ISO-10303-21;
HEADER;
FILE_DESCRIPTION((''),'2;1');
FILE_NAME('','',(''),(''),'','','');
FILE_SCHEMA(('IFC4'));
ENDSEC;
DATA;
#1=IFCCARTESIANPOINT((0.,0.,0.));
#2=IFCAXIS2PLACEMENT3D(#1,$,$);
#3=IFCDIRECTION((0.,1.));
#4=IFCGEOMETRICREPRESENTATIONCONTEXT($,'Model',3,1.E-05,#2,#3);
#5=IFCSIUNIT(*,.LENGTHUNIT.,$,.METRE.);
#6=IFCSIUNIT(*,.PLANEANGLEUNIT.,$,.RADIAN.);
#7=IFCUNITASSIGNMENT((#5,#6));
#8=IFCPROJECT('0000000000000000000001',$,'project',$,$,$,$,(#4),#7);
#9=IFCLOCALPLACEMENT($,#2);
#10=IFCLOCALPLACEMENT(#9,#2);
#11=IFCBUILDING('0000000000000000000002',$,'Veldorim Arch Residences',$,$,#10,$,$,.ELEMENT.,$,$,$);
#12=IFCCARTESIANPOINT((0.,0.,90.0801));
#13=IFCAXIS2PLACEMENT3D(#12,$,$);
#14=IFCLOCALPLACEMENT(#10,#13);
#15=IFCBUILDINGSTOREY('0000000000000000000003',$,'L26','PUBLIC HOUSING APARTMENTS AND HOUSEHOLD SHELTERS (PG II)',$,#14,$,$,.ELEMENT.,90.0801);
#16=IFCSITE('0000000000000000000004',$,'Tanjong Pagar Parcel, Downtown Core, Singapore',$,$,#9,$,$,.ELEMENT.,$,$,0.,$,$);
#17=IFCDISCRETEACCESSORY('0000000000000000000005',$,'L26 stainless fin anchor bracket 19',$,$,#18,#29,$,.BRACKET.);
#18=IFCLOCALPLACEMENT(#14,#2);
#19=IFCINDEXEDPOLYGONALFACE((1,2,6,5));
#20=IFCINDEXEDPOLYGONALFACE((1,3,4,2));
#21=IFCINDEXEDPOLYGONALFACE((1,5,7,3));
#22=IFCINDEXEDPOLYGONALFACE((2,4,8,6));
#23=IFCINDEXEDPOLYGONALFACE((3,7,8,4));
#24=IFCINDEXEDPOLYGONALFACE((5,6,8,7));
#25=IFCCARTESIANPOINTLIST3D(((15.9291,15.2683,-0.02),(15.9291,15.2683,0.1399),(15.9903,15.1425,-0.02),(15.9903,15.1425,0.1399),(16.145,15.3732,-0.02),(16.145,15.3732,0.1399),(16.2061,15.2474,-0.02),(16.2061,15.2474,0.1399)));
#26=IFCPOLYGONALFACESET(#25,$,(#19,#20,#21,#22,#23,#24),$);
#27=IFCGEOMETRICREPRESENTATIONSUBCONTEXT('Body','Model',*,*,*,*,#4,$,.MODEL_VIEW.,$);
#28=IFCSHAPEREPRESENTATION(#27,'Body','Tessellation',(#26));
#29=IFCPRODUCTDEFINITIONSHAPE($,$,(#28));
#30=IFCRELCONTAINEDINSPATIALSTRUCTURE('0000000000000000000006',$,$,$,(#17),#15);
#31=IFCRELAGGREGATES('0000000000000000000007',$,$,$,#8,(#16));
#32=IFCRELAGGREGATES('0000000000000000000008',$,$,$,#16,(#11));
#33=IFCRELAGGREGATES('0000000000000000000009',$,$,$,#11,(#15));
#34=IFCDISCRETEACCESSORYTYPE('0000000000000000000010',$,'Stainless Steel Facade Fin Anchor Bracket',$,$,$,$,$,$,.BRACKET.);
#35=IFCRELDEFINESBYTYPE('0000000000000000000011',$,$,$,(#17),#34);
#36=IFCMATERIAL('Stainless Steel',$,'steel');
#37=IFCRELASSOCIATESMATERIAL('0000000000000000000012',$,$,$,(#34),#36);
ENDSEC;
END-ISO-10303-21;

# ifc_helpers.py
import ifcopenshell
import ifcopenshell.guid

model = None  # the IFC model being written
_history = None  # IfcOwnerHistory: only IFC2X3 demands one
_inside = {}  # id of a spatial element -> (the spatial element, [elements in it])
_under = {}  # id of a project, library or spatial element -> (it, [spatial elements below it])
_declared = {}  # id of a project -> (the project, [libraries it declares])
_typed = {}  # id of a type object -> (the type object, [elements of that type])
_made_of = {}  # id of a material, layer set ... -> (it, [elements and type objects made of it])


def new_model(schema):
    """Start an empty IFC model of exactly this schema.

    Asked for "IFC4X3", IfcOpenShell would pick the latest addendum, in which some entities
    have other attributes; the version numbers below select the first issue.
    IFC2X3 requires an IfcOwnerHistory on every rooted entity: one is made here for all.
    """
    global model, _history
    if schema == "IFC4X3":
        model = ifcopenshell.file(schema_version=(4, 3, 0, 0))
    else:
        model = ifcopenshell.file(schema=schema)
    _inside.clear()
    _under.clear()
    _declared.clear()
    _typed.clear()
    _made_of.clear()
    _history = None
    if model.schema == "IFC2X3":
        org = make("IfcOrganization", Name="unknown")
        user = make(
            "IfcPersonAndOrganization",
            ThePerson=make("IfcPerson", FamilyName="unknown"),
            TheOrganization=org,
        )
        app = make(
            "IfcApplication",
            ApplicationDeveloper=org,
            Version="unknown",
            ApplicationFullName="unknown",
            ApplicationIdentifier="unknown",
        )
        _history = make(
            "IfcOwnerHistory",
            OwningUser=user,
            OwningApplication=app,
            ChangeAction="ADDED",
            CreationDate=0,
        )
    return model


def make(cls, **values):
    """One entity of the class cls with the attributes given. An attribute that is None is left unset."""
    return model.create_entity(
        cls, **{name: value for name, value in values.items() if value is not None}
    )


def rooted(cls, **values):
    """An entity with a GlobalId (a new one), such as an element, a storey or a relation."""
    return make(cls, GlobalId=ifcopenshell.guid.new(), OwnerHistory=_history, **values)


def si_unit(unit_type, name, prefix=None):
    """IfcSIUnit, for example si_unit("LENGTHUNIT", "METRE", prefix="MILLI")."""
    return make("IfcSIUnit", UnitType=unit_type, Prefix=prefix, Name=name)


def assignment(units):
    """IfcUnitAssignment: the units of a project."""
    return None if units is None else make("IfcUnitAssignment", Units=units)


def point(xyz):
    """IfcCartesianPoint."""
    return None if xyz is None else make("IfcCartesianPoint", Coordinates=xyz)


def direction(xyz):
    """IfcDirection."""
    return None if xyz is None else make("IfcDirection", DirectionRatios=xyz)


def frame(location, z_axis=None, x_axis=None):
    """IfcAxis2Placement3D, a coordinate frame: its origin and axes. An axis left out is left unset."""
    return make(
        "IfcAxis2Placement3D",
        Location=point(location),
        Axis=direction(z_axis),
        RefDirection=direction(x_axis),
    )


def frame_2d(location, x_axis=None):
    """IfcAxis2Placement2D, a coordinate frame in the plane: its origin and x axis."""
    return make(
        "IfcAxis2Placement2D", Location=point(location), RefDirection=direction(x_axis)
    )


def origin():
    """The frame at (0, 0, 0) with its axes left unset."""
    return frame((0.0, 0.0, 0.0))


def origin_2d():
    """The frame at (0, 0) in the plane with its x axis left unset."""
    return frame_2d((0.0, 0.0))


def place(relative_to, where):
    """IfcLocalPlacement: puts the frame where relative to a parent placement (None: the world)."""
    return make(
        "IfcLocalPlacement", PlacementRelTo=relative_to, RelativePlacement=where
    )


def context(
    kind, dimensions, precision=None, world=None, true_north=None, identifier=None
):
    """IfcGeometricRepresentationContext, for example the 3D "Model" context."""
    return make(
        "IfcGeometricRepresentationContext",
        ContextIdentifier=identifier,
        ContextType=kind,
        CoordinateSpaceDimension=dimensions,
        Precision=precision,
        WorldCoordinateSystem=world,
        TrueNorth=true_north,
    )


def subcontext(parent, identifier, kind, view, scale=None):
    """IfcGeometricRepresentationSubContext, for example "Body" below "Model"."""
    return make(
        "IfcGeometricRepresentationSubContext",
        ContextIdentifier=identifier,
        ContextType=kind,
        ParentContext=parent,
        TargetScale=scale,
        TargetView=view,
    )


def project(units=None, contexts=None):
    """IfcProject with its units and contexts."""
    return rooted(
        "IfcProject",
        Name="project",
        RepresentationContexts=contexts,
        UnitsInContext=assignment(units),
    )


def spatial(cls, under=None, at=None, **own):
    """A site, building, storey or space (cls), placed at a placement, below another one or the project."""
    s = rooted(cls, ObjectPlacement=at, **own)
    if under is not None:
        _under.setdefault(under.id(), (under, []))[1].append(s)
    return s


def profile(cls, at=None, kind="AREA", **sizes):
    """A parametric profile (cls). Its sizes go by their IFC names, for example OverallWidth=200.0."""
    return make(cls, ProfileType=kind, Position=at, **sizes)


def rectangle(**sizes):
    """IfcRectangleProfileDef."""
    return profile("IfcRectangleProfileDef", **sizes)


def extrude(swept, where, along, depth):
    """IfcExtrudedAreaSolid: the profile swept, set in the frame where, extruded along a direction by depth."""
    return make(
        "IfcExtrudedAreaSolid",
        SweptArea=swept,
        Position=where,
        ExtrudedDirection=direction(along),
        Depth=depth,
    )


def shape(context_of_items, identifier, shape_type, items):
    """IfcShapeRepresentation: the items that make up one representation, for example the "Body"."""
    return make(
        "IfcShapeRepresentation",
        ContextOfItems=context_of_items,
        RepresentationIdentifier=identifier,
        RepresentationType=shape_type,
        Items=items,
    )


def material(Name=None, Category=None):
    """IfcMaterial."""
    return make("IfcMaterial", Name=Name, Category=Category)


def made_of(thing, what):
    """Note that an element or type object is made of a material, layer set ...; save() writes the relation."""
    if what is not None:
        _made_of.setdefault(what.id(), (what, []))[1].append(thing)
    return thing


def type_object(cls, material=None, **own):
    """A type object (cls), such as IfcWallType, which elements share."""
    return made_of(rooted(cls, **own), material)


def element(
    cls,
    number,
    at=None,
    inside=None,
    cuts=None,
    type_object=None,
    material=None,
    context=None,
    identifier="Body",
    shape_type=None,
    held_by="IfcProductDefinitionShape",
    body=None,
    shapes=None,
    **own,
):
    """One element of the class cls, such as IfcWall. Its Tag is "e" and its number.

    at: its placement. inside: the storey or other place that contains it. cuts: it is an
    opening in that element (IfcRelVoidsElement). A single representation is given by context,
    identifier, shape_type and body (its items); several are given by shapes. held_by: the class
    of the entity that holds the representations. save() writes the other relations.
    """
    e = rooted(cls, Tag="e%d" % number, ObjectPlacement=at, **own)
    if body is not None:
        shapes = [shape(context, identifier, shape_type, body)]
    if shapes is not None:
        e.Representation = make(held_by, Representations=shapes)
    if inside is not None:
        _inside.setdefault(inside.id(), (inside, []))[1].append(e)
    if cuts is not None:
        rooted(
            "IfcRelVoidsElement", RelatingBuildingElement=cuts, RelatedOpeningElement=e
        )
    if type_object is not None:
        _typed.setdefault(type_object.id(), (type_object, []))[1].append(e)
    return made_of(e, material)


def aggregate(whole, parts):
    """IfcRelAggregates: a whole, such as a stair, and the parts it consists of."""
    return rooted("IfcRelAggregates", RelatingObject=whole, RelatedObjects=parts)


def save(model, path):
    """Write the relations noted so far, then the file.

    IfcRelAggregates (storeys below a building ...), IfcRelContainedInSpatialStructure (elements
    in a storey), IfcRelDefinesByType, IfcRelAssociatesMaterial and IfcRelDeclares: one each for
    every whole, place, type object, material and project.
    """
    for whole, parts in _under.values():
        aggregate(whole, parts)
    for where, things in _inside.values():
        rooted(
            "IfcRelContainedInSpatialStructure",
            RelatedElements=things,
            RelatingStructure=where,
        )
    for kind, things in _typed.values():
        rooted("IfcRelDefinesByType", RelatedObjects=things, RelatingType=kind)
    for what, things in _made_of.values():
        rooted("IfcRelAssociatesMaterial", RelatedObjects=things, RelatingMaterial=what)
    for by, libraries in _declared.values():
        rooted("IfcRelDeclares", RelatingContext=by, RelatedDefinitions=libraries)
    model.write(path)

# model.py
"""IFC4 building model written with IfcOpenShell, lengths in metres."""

from ifc_helpers import new_model, si_unit, direction, frame, origin, origin_2d, place, context, subcontext, project, spatial, rectangle, extrude, material, type_object, element, save


model = new_model("IFC4")

# Units and contexts
model_context = context("Model", 3, precision=1e-05, world=origin(), true_north=direction((0.0, 1.0)))
body_context = subcontext(model_context, "Body", "Model", "MODEL_VIEW")
ifc_project = project(units=[si_unit("LENGTHUNIT", "METRE"), si_unit("PLANEANGLEUNIT", "RADIAN")], contexts=[model_context])

# Site, building, storey
site_placement = place(None, origin())
site = spatial("IfcSite", under=ifc_project, at=site_placement, Name="Tanjong Pagar Parcel, Downtown Core, Singapore", CompositionType="ELEMENT", RefElevation=0.0)
building_placement = place(site_placement, origin())
building = spatial("IfcBuilding", under=site, at=building_placement, Name="Veldorim Arch Residences", CompositionType="ELEMENT")
storey_placement = place(building_placement, frame((0.0, 0.0, 90.0801)))
storey = spatial("IfcBuildingStorey", under=building, at=storey_placement, Name="L26", Description="PUBLIC HOUSING APARTMENTS AND HOUSEHOLD SHELTERS (PG II)", CompositionType="ELEMENT", Elevation=90.0801)

# Discrete accessory
ifc_material_1 = material(Name="Stainless Steel", Category="steel")
discrete_accessory_type = type_object("IfcDiscreteAccessoryType", Name="Stainless Steel Facade Fin Anchor Bracket", PredefinedType="BRACKET", material=ifc_material_1)
discrete_accessory_placement = place(storey_placement, frame((16.0676, 15.2578, -0.02), z_axis=(0.0, 0.0, 1.0), x_axis=(-0.437116, 0.899405, 0.0)))
element("IfcDiscreteAccessory", 1, at=discrete_accessory_placement, inside=storey, type_object=discrete_accessory_type, Name="L26 stainless fin anchor bracket 19", PredefinedType="BRACKET", context=body_context, shape_type="SweptSolid", body=[
    extrude(rectangle(XDim=0.1399, YDim=0.24, at=origin_2d()), origin(), (0.0, 0.0, 1.0), 0.1599),
])

save(model, "model.ifc")
